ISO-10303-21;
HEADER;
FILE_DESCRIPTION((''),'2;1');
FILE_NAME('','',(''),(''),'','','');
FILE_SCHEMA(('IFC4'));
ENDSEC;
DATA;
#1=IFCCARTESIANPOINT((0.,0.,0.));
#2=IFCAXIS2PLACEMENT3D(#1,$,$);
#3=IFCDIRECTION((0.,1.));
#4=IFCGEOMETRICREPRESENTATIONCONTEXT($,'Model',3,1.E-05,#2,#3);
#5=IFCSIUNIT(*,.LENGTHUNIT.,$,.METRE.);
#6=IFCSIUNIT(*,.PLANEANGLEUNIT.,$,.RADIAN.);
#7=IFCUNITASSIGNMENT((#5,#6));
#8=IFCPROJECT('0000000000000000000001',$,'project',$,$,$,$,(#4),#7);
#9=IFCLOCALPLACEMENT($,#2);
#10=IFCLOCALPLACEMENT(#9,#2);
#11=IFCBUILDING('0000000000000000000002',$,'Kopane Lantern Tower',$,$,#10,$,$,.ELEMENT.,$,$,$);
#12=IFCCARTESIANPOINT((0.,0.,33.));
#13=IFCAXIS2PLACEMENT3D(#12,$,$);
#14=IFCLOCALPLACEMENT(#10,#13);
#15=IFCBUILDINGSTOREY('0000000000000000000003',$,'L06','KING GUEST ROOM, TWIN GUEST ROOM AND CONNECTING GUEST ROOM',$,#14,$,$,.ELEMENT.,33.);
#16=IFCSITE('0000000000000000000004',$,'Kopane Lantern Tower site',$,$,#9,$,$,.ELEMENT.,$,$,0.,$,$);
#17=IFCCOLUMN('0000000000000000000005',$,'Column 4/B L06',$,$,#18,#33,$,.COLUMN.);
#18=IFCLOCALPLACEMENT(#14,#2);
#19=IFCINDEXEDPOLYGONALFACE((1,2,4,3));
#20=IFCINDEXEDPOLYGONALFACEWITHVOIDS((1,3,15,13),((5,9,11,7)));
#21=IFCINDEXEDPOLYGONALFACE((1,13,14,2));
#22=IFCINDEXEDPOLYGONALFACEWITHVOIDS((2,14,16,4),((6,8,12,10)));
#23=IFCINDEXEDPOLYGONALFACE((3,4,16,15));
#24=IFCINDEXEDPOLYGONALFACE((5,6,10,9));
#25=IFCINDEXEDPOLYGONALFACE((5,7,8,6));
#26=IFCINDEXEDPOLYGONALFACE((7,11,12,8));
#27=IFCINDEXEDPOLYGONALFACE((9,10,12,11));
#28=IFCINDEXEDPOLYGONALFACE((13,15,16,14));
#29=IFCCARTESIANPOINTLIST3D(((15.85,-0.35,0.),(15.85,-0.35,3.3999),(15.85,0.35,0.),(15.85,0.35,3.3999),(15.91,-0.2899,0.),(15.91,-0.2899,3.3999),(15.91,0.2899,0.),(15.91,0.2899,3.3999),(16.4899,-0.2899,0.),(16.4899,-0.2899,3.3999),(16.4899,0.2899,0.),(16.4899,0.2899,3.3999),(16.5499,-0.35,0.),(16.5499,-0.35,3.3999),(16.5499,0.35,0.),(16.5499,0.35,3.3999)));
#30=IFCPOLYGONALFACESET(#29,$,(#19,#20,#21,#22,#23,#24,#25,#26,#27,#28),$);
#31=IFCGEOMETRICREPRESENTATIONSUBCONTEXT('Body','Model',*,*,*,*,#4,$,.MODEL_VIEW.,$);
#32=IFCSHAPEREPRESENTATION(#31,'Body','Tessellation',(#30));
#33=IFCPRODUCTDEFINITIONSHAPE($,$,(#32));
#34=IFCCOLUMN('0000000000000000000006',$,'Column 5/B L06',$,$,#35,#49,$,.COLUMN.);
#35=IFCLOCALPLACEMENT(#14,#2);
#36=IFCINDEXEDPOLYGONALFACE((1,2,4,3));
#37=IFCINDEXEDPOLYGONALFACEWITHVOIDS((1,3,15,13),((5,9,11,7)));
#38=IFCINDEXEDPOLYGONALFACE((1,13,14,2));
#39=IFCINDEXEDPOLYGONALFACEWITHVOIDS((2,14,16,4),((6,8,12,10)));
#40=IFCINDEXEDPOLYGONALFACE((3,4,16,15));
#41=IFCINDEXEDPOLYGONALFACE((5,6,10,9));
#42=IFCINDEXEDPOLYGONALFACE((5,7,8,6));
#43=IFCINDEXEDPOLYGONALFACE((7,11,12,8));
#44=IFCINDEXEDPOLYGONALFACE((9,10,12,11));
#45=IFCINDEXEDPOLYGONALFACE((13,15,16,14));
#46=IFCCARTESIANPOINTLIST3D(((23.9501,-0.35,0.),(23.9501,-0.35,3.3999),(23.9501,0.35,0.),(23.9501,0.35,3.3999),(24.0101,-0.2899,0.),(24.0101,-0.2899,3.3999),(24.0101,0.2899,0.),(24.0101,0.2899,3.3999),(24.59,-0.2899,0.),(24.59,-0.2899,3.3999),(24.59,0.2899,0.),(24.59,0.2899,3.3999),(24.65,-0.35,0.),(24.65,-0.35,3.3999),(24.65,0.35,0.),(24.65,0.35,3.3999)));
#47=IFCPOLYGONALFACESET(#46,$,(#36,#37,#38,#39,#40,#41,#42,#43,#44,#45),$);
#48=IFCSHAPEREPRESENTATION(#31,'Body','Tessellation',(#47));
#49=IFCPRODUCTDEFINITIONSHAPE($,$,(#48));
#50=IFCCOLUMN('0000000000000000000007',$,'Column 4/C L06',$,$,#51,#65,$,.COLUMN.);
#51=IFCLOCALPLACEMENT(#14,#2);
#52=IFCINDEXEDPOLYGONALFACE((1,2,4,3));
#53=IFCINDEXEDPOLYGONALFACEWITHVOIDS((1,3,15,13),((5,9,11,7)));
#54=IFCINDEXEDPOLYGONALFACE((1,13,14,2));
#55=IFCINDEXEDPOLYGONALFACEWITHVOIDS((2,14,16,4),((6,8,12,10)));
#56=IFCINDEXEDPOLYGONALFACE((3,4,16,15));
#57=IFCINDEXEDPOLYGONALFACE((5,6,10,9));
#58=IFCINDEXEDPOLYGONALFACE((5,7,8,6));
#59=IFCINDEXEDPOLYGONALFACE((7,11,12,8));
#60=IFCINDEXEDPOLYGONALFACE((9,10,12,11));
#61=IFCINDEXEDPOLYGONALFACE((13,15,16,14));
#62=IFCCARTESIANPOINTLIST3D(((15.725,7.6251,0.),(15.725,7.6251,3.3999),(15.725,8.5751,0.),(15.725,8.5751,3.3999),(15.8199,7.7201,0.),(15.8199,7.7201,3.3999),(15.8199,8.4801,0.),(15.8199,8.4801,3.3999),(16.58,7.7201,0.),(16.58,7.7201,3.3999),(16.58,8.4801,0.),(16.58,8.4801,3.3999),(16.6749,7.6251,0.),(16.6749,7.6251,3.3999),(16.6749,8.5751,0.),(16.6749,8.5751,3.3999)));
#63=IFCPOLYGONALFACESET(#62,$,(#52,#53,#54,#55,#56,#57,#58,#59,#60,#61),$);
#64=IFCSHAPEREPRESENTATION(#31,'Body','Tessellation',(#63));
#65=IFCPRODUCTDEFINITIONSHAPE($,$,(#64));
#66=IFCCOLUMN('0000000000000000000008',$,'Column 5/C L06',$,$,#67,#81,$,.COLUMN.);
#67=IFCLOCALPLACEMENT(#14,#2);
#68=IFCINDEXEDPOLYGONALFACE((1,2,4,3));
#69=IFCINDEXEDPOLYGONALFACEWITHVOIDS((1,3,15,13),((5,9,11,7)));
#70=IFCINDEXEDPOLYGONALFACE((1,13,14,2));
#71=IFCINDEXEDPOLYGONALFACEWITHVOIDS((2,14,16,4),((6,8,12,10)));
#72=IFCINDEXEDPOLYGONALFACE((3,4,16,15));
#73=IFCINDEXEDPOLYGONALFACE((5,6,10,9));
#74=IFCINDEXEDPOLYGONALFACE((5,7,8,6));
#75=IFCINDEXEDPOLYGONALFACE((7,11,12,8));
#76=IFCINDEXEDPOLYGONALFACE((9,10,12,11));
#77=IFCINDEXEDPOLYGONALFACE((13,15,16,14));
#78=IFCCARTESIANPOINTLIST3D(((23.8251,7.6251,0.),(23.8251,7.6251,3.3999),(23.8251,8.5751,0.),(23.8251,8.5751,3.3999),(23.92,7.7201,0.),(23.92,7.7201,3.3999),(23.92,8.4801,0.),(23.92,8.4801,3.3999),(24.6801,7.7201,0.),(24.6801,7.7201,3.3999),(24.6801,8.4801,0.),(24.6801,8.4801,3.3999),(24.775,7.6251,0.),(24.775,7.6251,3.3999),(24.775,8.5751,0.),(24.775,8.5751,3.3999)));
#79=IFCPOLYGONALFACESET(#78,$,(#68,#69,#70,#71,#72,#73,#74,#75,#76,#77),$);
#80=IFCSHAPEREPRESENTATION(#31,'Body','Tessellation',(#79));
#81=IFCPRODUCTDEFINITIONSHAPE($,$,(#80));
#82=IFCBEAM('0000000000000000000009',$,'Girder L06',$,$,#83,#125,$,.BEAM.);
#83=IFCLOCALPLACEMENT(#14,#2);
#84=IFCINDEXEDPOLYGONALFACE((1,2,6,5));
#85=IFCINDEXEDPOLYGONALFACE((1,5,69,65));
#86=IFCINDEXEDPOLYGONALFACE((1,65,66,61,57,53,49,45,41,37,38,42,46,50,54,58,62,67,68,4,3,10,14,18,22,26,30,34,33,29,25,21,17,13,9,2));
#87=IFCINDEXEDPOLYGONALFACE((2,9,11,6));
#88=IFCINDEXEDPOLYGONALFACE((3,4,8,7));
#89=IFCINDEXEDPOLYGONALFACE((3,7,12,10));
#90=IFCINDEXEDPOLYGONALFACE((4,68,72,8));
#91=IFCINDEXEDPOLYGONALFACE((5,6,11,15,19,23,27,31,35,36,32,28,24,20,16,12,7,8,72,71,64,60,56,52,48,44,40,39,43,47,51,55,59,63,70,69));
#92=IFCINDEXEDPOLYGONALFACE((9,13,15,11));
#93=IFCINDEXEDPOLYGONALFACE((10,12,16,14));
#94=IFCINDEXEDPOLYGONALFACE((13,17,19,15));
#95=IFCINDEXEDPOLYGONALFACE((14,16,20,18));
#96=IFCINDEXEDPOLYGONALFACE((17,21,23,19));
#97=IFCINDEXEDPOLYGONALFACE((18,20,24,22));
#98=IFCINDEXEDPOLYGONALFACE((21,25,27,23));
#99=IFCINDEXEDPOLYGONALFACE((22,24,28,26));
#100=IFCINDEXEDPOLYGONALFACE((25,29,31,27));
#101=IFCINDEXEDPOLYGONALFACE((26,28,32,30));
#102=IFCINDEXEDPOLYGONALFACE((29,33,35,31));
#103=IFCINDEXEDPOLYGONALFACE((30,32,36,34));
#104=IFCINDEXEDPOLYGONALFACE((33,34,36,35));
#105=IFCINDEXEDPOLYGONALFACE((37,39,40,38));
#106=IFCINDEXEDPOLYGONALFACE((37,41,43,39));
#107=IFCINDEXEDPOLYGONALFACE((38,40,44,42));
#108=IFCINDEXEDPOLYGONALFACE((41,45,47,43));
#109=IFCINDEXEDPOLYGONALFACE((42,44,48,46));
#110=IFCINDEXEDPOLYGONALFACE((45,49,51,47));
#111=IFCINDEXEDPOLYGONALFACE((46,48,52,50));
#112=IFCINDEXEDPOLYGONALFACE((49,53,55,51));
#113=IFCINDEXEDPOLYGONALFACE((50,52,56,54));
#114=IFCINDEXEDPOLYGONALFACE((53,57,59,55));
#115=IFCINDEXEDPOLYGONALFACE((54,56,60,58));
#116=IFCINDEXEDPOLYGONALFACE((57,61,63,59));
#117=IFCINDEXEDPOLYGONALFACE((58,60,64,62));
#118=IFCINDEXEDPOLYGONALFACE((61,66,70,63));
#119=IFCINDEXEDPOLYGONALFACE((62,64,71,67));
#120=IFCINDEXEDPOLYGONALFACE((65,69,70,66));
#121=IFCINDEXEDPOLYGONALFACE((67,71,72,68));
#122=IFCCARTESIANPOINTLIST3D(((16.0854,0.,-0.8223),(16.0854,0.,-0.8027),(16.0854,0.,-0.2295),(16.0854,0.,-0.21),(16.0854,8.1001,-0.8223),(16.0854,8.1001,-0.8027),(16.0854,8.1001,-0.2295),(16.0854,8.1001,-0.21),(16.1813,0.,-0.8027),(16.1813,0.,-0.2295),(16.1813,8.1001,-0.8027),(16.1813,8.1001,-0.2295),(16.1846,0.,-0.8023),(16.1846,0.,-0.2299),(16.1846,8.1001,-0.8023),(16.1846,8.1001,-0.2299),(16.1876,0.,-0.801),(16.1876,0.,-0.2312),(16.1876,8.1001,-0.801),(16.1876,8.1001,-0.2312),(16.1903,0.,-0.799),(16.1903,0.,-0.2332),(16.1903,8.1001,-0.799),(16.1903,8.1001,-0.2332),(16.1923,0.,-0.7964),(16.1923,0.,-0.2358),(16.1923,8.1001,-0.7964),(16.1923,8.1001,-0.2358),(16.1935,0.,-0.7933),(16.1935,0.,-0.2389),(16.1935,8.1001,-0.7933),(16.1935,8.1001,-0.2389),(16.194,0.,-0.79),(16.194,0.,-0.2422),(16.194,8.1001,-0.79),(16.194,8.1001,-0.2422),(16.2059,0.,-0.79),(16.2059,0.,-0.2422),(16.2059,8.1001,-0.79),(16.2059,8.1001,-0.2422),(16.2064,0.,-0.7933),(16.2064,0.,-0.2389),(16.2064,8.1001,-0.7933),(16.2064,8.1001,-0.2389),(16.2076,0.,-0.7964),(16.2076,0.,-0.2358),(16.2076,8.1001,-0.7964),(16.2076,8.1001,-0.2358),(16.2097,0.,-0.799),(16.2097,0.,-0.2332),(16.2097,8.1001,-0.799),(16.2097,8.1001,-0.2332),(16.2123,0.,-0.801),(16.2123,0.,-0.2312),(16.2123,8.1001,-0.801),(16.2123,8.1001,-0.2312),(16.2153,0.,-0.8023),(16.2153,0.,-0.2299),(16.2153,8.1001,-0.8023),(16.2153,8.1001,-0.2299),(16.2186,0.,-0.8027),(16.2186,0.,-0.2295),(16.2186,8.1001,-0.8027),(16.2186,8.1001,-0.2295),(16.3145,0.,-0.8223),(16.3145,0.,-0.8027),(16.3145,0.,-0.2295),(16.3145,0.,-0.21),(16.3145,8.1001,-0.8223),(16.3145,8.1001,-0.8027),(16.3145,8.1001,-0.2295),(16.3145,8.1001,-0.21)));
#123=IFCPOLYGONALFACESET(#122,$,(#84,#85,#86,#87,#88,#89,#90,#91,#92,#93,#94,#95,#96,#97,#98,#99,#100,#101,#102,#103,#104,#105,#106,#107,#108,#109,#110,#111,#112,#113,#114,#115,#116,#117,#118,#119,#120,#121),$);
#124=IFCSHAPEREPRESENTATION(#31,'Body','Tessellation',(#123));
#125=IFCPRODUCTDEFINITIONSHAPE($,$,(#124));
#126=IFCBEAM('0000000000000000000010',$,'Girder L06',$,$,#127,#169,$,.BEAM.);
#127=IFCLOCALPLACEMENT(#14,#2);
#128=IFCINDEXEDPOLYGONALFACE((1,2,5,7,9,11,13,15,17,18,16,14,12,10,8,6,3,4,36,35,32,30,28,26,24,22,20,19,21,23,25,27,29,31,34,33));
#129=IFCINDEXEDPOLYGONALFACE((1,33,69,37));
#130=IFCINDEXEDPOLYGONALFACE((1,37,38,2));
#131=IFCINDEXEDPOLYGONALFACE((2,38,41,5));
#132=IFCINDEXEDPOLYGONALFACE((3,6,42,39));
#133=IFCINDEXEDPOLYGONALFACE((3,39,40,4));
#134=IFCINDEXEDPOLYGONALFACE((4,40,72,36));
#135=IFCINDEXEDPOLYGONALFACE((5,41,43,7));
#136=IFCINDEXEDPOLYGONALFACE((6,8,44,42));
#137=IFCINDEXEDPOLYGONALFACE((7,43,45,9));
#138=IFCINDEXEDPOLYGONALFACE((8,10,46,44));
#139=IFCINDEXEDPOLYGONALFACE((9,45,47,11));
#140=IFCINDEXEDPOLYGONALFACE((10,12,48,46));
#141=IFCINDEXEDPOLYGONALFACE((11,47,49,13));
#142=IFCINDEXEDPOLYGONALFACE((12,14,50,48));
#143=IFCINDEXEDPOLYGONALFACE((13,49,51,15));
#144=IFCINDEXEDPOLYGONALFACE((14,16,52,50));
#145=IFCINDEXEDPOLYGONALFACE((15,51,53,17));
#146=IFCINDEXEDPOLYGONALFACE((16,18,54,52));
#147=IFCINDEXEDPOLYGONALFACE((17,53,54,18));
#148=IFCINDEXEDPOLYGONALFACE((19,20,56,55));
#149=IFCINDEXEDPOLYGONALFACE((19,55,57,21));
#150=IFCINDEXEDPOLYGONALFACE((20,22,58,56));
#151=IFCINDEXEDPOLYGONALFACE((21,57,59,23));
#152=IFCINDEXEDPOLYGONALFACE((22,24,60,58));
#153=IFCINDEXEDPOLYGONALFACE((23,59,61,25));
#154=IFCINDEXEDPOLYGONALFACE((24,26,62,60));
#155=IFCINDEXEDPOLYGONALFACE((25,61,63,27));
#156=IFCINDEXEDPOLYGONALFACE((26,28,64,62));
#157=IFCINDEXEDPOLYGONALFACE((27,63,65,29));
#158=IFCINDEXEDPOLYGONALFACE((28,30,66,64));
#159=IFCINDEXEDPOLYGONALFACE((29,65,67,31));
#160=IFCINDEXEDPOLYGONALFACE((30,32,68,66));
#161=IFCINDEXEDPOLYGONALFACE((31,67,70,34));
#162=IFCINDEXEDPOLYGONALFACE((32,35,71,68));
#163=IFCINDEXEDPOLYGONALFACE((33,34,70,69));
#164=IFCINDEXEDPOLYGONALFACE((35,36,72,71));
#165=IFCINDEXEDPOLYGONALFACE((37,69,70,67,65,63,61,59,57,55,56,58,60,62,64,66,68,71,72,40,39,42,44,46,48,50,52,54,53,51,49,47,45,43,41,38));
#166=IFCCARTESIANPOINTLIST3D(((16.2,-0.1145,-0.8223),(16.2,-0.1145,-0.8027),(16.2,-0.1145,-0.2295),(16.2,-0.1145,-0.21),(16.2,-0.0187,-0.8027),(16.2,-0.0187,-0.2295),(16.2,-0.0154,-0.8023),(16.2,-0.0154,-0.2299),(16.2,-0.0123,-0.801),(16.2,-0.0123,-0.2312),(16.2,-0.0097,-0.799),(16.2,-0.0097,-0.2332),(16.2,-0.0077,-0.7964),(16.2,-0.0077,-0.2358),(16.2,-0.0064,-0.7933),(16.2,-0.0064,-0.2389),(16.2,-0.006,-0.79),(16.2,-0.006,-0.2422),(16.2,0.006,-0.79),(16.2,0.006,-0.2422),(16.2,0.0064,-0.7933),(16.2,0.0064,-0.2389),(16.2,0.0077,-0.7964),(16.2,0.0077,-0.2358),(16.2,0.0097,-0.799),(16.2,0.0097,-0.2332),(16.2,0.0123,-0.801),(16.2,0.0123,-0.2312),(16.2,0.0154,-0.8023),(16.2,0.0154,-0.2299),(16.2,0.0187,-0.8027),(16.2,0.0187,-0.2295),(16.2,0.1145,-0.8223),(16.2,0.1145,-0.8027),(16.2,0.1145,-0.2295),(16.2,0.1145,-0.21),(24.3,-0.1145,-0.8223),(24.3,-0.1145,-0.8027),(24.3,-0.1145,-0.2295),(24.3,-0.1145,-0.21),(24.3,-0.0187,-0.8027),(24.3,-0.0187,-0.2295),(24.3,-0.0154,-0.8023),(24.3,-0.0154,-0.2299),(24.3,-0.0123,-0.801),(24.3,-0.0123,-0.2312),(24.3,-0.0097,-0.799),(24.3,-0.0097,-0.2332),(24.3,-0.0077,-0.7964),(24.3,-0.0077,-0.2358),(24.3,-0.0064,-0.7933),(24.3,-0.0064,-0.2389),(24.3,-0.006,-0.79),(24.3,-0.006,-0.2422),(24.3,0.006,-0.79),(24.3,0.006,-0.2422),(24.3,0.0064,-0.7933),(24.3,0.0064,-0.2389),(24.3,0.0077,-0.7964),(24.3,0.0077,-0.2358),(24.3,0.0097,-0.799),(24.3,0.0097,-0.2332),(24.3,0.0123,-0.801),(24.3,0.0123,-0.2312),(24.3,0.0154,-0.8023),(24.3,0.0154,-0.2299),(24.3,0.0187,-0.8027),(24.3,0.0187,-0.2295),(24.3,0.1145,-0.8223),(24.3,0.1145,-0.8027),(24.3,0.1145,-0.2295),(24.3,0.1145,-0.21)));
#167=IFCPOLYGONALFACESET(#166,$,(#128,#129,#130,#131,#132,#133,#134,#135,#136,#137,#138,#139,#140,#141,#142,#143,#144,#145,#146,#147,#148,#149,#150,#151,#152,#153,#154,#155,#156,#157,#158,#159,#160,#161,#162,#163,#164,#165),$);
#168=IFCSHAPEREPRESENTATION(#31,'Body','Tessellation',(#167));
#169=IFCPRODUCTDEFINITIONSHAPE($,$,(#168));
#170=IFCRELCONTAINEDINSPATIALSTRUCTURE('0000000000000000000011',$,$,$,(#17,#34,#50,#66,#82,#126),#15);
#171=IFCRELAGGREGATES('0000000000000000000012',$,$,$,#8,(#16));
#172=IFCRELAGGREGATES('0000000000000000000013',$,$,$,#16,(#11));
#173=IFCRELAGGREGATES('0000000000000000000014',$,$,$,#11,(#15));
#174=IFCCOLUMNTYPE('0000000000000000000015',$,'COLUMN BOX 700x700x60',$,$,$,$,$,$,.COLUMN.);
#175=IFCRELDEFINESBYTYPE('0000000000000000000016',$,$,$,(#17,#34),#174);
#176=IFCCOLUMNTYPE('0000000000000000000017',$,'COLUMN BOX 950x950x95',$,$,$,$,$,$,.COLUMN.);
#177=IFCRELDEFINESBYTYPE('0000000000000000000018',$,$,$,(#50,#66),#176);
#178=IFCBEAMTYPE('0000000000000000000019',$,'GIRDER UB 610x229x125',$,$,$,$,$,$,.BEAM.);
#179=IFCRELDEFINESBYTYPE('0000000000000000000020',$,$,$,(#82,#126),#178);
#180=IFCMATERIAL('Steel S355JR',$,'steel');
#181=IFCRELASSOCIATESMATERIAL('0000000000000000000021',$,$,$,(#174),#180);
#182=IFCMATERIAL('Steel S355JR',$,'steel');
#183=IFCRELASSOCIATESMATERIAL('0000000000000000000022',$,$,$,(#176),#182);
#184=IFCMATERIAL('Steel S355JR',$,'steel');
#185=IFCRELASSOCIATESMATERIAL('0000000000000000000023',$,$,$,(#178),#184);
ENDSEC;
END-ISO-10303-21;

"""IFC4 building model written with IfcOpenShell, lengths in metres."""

from ifc_helpers import new_model, si_unit, direction, frame, origin, origin_2d, place, context, subcontext, project, spatial, hollow_rectangle, i_section, extrude, material, material_profile, profile_set, type_object, element, save


model = new_model("IFC4")

# Units and contexts
model_context = context("Model", 3, precision=1e-05, world=origin(), true_north=direction((0.0, 1.0)))
body_context = subcontext(model_context, "Body", "Model", "MODEL_VIEW")
ifc_project = project(units=[si_unit("LENGTHUNIT", "METRE"), si_unit("PLANEANGLEUNIT", "RADIAN")], contexts=[model_context])

# Site, building, storey
site_placement = place(None, origin())
site = spatial("IfcSite", under=ifc_project, at=site_placement, Name="Kopane Lantern Tower site", CompositionType="ELEMENT", RefElevation=0.0)
building_placement = place(site_placement, origin())
building = spatial("IfcBuilding", under=site, at=building_placement, Name="Kopane Lantern Tower", CompositionType="ELEMENT")
storey_placement = place(building_placement, frame((0.0, 0.0, 33.0)))
storey = spatial("IfcBuildingStorey", under=building, at=storey_placement, Name="L06", Description="KING GUEST ROOM, TWIN GUEST ROOM AND CONNECTING GUEST ROOM", CompositionType="ELEMENT", Elevation=33.0)

# Columns
ifc_material_1 = material(Name="Steel S355JR", Category="steel")
ifc_material_profile_1 = material_profile(ifc_material_1, hollow_rectangle(XDim=0.7, YDim=0.7, WallThickness=0.0601, at=origin_2d()), Name="BOX 700x700x60")
ifc_profile_set_1 = profile_set([ifc_material_profile_1], Name="Steel S355JR")
column_type_1 = type_object("IfcColumnType", Name="COLUMN BOX 700x700x60", PredefinedType="COLUMN", material=ifc_profile_set_1)
for number, where, z_axis, x_axis, name in (
    (1, (16.2, 0.0, 0.0), (0.0, 0.0, 1.0), (1.0, 0.0, 0.0), "Column 4/B L06"),
    (2, (24.3, 0.0, 0.0), (0.0, 0.0, 1.0), (1.0, 0.0, 0.0), "Column 5/B L06"),
):
    element("IfcColumn", number, at=place(storey_placement, frame(where, z_axis=z_axis, x_axis=x_axis)), inside=storey, type_object=column_type_1, Name=name, PredefinedType="COLUMN", context=body_context, shape_type="SweptSolid", body=[
        extrude(hollow_rectangle(XDim=0.7, YDim=0.7, WallThickness=0.0601, at=origin_2d()), origin(), (0.0, 0.0, 1.0), 3.3999),
    ])
ifc_material_2 = material(Name="Steel S355JR", Category="steel")
ifc_material_profile_2 = material_profile(ifc_material_2, hollow_rectangle(XDim=0.95, YDim=0.95, WallThickness=0.095, at=origin_2d()), Name="BOX 950x950x95")
ifc_profile_set_2 = profile_set([ifc_material_profile_2], Name="Steel S355JR")
column_type_2 = type_object("IfcColumnType", Name="COLUMN BOX 950x950x95", PredefinedType="COLUMN", material=ifc_profile_set_2)
for number, where, z_axis, x_axis, name in (
    (3, (16.2, 8.1001, 0.0), (0.0, 0.0, 1.0), (1.0, 0.0, 0.0), "Column 4/C L06"),
    (4, (24.3, 8.1001, 0.0), (0.0, 0.0, 1.0), (1.0, 0.0, 0.0), "Column 5/C L06"),
):
    element("IfcColumn", number, at=place(storey_placement, frame(where, z_axis=z_axis, x_axis=x_axis)), inside=storey, type_object=column_type_2, Name=name, PredefinedType="COLUMN", context=body_context, shape_type="SweptSolid", body=[
        extrude(hollow_rectangle(XDim=0.95, YDim=0.95, WallThickness=0.095, at=origin_2d()), origin(), (0.0, 0.0, 1.0), 3.3999),
    ])

# Beams
ifc_material_3 = material(Name="Steel S355JR", Category="steel")
ifc_material_profile_3 = material_profile(ifc_material_3, i_section(OverallWidth=0.229, OverallDepth=0.6123, WebThickness=0.012, FlangeThickness=0.0195, FilletRadius=0.0127, at=origin_2d()), Name="UB 610x229x125")
ifc_profile_set_3 = profile_set([ifc_material_profile_3], Name="Steel S355JR")
beam_type = type_object("IfcBeamType", Name="GIRDER UB 610x229x125", PredefinedType="BEAM", material=ifc_profile_set_3)
for number, where, z_axis, x_axis, name in (
    (5, (16.2, 0.0, -0.5161), (0.0, 1.0, 0.0), (-1.0, 0.0, 0.0), "Girder L06"),
    (6, (16.2, 0.0, -0.5161), (1.0, 0.0, 0.0), (0.0, 1.0, 0.0), "Girder L06"),
):
    element("IfcBeam", number, at=place(storey_placement, frame(where, z_axis=z_axis, x_axis=x_axis)), inside=storey, type_object=beam_type, Name=name, PredefinedType="BEAM", context=body_context, shape_type="SweptSolid", body=[
        extrude(i_section(OverallWidth=0.229, OverallDepth=0.6123, WebThickness=0.012, FlangeThickness=0.0195, FilletRadius=0.0127, at=origin_2d()), origin(), (0.0, 0.0, 1.0), 8.1001),
    ])

save(model, "model.ifc")
